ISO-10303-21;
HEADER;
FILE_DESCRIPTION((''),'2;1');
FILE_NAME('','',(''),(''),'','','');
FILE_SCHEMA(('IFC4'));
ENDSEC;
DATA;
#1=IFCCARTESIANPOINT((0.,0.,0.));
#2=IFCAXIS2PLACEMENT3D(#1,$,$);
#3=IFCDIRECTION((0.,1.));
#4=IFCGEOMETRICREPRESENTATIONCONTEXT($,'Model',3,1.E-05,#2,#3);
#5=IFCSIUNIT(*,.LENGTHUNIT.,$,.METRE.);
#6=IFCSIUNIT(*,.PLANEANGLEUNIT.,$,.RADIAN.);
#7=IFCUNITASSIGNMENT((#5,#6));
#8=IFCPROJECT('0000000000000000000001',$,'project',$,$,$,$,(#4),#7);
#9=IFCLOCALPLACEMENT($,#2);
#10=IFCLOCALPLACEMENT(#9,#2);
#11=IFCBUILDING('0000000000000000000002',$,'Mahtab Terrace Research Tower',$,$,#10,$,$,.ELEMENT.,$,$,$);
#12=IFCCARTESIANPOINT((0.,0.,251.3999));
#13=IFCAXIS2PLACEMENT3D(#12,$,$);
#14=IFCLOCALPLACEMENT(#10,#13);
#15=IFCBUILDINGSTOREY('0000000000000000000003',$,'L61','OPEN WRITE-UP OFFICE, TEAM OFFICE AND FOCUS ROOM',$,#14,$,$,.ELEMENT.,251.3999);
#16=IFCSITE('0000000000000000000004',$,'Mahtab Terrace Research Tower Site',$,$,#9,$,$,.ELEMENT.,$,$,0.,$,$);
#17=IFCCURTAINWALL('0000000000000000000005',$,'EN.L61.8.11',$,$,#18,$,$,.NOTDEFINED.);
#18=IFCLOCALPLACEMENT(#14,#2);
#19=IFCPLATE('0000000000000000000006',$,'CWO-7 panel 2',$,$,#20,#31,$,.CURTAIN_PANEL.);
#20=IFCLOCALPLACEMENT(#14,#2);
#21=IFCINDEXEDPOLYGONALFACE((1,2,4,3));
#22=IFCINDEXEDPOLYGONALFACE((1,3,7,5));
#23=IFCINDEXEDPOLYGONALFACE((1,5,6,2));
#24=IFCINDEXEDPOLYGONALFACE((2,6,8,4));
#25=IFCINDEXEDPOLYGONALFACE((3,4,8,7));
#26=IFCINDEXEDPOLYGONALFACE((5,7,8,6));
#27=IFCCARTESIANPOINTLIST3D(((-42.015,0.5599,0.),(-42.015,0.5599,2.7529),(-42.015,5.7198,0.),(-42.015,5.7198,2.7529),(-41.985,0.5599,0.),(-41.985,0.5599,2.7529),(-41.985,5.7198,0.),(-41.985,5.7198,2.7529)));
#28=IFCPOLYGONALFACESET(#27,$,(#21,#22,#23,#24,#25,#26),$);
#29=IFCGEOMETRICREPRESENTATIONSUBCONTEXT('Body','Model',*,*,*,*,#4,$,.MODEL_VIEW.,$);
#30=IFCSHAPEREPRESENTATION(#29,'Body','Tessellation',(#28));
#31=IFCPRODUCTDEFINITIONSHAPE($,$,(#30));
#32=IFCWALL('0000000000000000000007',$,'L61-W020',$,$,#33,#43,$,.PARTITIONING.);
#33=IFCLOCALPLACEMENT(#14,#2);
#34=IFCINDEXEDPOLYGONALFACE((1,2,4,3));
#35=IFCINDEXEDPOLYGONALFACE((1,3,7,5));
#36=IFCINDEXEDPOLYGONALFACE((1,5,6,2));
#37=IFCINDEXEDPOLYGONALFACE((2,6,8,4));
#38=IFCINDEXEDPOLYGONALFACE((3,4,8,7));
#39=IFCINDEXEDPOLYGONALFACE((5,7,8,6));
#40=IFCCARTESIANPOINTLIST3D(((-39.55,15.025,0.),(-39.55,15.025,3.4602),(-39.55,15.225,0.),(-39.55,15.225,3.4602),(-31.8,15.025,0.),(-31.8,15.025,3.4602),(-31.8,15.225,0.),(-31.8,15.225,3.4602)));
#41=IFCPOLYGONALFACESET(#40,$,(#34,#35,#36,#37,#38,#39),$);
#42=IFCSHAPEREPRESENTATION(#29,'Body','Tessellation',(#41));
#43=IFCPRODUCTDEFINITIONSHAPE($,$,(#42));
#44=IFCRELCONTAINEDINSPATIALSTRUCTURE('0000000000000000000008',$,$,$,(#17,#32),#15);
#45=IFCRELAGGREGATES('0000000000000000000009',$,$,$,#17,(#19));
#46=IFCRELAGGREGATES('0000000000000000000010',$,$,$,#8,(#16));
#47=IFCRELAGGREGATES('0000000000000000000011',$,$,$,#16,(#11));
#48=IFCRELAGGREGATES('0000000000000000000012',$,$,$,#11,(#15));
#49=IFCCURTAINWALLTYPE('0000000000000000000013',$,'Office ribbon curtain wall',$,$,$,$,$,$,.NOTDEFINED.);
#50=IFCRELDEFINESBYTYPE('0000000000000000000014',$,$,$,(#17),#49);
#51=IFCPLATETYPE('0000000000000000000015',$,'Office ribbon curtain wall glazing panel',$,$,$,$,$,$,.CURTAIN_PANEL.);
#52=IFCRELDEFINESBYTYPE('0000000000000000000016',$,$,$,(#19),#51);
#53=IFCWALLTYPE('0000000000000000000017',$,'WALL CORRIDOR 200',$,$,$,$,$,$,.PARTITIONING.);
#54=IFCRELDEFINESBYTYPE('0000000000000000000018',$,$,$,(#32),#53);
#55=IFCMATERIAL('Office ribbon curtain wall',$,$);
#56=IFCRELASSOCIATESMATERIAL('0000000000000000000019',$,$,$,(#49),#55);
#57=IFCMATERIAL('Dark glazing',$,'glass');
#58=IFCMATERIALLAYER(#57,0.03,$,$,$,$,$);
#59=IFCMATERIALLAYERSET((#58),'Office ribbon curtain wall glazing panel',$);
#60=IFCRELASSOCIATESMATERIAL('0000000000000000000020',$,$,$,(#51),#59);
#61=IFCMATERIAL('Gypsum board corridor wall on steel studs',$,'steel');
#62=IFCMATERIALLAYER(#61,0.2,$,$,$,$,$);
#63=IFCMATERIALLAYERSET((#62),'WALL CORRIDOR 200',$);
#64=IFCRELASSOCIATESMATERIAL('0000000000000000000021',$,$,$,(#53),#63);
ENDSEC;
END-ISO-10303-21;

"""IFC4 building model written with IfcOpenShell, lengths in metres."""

from ifc_helpers import new_model, si_unit, direction, frame, frame_2d, origin, origin_2d, place, context, subcontext, project, spatial, rectangle, extrude, material, layer, layer_set, type_object, element, aggregate, save


model = new_model("IFC4")

# Units and contexts
model_context = context("Model", 3, precision=1e-05, world=origin(), true_north=direction((0.0, 1.0)))
body_context = subcontext(model_context, "Body", "Model", "MODEL_VIEW")
ifc_project = project(units=[si_unit("LENGTHUNIT", "METRE"), si_unit("PLANEANGLEUNIT", "RADIAN")], contexts=[model_context])

# Site, building, storey
site_placement = place(None, origin())
site = spatial("IfcSite", under=ifc_project, at=site_placement, Name="Mahtab Terrace Research Tower Site", CompositionType="ELEMENT", RefElevation=0.0)
building_placement = place(site_placement, origin())
building = spatial("IfcBuilding", under=site, at=building_placement, Name="Mahtab Terrace Research Tower", CompositionType="ELEMENT")
storey_placement = place(building_placement, frame((0.0, 0.0, 251.3999)))
storey = spatial("IfcBuildingStorey", under=building, at=storey_placement, Name="L61", Description="OPEN WRITE-UP OFFICE, TEAM OFFICE AND FOCUS ROOM", CompositionType="ELEMENT", Elevation=251.3999)

# Curtain wall
ifc_material_1 = material(Name="Office ribbon curtain wall")
curtain_wall_type = type_object("IfcCurtainWallType", Name="Office ribbon curtain wall", PredefinedType="NOTDEFINED", material=ifc_material_1)
curtain_wall_1_placement = place(storey_placement, origin())
curtain_wall_1 = element("IfcCurtainWall", 1, at=curtain_wall_1_placement, inside=storey, type_object=curtain_wall_type, Name="EN.L61.8.11", PredefinedType="NOTDEFINED")

# Plate
ifc_material_2 = material(Name="Dark glazing", Category="glass")
ifc_layer_1 = layer(ifc_material_2, 0.03)
ifc_layer_set_1 = layer_set([ifc_layer_1], Name="Office ribbon curtain wall glazing panel")
plate_type = type_object("IfcPlateType", Name="Office ribbon curtain wall glazing panel", PredefinedType="CURTAIN_PANEL", material=ifc_layer_set_1)
plate_1_placement = place(storey_placement, frame((-42.0, 3.1399, 0.0), z_axis=(0.0, 0.0, 1.0), x_axis=(0.0, -1.0, 0.0)))
plate_1 = element("IfcPlate", 2, at=plate_1_placement, type_object=plate_type, Name="CWO-7 panel 2", PredefinedType="CURTAIN_PANEL", context=body_context, shape_type="SweptSolid", body=[
    extrude(rectangle(XDim=5.1599, YDim=0.03, at=origin_2d()), origin(), (0.0, 0.0, 1.0), 2.7529),
])
aggregate(curtain_wall_1, [plate_1])

# Wall
ifc_material_3 = material(Name="Gypsum board corridor wall on steel studs", Category="steel")
ifc_layer_2 = layer(ifc_material_3, 0.2)
ifc_layer_set_2 = layer_set([ifc_layer_2], Name="WALL CORRIDOR 200")
wall_type = type_object("IfcWallType", Name="WALL CORRIDOR 200", PredefinedType="PARTITIONING", material=ifc_layer_set_2)
wall_1_placement = place(storey_placement, frame((-39.55, 15.125, 0.0), z_axis=(0.0, 0.0, 1.0), x_axis=(1.0, 0.0, 0.0)))
element("IfcWall", 3, at=wall_1_placement, inside=storey, type_object=wall_type, Name="L61-W020", PredefinedType="PARTITIONING", context=body_context, shape_type="SweptSolid", body=[
    extrude(rectangle(XDim=7.75, YDim=0.2, at=frame_2d((3.875, 0.0))), origin(), (0.0, 0.0, 1.0), 3.4602),
])

save(model, "model.ifc")
